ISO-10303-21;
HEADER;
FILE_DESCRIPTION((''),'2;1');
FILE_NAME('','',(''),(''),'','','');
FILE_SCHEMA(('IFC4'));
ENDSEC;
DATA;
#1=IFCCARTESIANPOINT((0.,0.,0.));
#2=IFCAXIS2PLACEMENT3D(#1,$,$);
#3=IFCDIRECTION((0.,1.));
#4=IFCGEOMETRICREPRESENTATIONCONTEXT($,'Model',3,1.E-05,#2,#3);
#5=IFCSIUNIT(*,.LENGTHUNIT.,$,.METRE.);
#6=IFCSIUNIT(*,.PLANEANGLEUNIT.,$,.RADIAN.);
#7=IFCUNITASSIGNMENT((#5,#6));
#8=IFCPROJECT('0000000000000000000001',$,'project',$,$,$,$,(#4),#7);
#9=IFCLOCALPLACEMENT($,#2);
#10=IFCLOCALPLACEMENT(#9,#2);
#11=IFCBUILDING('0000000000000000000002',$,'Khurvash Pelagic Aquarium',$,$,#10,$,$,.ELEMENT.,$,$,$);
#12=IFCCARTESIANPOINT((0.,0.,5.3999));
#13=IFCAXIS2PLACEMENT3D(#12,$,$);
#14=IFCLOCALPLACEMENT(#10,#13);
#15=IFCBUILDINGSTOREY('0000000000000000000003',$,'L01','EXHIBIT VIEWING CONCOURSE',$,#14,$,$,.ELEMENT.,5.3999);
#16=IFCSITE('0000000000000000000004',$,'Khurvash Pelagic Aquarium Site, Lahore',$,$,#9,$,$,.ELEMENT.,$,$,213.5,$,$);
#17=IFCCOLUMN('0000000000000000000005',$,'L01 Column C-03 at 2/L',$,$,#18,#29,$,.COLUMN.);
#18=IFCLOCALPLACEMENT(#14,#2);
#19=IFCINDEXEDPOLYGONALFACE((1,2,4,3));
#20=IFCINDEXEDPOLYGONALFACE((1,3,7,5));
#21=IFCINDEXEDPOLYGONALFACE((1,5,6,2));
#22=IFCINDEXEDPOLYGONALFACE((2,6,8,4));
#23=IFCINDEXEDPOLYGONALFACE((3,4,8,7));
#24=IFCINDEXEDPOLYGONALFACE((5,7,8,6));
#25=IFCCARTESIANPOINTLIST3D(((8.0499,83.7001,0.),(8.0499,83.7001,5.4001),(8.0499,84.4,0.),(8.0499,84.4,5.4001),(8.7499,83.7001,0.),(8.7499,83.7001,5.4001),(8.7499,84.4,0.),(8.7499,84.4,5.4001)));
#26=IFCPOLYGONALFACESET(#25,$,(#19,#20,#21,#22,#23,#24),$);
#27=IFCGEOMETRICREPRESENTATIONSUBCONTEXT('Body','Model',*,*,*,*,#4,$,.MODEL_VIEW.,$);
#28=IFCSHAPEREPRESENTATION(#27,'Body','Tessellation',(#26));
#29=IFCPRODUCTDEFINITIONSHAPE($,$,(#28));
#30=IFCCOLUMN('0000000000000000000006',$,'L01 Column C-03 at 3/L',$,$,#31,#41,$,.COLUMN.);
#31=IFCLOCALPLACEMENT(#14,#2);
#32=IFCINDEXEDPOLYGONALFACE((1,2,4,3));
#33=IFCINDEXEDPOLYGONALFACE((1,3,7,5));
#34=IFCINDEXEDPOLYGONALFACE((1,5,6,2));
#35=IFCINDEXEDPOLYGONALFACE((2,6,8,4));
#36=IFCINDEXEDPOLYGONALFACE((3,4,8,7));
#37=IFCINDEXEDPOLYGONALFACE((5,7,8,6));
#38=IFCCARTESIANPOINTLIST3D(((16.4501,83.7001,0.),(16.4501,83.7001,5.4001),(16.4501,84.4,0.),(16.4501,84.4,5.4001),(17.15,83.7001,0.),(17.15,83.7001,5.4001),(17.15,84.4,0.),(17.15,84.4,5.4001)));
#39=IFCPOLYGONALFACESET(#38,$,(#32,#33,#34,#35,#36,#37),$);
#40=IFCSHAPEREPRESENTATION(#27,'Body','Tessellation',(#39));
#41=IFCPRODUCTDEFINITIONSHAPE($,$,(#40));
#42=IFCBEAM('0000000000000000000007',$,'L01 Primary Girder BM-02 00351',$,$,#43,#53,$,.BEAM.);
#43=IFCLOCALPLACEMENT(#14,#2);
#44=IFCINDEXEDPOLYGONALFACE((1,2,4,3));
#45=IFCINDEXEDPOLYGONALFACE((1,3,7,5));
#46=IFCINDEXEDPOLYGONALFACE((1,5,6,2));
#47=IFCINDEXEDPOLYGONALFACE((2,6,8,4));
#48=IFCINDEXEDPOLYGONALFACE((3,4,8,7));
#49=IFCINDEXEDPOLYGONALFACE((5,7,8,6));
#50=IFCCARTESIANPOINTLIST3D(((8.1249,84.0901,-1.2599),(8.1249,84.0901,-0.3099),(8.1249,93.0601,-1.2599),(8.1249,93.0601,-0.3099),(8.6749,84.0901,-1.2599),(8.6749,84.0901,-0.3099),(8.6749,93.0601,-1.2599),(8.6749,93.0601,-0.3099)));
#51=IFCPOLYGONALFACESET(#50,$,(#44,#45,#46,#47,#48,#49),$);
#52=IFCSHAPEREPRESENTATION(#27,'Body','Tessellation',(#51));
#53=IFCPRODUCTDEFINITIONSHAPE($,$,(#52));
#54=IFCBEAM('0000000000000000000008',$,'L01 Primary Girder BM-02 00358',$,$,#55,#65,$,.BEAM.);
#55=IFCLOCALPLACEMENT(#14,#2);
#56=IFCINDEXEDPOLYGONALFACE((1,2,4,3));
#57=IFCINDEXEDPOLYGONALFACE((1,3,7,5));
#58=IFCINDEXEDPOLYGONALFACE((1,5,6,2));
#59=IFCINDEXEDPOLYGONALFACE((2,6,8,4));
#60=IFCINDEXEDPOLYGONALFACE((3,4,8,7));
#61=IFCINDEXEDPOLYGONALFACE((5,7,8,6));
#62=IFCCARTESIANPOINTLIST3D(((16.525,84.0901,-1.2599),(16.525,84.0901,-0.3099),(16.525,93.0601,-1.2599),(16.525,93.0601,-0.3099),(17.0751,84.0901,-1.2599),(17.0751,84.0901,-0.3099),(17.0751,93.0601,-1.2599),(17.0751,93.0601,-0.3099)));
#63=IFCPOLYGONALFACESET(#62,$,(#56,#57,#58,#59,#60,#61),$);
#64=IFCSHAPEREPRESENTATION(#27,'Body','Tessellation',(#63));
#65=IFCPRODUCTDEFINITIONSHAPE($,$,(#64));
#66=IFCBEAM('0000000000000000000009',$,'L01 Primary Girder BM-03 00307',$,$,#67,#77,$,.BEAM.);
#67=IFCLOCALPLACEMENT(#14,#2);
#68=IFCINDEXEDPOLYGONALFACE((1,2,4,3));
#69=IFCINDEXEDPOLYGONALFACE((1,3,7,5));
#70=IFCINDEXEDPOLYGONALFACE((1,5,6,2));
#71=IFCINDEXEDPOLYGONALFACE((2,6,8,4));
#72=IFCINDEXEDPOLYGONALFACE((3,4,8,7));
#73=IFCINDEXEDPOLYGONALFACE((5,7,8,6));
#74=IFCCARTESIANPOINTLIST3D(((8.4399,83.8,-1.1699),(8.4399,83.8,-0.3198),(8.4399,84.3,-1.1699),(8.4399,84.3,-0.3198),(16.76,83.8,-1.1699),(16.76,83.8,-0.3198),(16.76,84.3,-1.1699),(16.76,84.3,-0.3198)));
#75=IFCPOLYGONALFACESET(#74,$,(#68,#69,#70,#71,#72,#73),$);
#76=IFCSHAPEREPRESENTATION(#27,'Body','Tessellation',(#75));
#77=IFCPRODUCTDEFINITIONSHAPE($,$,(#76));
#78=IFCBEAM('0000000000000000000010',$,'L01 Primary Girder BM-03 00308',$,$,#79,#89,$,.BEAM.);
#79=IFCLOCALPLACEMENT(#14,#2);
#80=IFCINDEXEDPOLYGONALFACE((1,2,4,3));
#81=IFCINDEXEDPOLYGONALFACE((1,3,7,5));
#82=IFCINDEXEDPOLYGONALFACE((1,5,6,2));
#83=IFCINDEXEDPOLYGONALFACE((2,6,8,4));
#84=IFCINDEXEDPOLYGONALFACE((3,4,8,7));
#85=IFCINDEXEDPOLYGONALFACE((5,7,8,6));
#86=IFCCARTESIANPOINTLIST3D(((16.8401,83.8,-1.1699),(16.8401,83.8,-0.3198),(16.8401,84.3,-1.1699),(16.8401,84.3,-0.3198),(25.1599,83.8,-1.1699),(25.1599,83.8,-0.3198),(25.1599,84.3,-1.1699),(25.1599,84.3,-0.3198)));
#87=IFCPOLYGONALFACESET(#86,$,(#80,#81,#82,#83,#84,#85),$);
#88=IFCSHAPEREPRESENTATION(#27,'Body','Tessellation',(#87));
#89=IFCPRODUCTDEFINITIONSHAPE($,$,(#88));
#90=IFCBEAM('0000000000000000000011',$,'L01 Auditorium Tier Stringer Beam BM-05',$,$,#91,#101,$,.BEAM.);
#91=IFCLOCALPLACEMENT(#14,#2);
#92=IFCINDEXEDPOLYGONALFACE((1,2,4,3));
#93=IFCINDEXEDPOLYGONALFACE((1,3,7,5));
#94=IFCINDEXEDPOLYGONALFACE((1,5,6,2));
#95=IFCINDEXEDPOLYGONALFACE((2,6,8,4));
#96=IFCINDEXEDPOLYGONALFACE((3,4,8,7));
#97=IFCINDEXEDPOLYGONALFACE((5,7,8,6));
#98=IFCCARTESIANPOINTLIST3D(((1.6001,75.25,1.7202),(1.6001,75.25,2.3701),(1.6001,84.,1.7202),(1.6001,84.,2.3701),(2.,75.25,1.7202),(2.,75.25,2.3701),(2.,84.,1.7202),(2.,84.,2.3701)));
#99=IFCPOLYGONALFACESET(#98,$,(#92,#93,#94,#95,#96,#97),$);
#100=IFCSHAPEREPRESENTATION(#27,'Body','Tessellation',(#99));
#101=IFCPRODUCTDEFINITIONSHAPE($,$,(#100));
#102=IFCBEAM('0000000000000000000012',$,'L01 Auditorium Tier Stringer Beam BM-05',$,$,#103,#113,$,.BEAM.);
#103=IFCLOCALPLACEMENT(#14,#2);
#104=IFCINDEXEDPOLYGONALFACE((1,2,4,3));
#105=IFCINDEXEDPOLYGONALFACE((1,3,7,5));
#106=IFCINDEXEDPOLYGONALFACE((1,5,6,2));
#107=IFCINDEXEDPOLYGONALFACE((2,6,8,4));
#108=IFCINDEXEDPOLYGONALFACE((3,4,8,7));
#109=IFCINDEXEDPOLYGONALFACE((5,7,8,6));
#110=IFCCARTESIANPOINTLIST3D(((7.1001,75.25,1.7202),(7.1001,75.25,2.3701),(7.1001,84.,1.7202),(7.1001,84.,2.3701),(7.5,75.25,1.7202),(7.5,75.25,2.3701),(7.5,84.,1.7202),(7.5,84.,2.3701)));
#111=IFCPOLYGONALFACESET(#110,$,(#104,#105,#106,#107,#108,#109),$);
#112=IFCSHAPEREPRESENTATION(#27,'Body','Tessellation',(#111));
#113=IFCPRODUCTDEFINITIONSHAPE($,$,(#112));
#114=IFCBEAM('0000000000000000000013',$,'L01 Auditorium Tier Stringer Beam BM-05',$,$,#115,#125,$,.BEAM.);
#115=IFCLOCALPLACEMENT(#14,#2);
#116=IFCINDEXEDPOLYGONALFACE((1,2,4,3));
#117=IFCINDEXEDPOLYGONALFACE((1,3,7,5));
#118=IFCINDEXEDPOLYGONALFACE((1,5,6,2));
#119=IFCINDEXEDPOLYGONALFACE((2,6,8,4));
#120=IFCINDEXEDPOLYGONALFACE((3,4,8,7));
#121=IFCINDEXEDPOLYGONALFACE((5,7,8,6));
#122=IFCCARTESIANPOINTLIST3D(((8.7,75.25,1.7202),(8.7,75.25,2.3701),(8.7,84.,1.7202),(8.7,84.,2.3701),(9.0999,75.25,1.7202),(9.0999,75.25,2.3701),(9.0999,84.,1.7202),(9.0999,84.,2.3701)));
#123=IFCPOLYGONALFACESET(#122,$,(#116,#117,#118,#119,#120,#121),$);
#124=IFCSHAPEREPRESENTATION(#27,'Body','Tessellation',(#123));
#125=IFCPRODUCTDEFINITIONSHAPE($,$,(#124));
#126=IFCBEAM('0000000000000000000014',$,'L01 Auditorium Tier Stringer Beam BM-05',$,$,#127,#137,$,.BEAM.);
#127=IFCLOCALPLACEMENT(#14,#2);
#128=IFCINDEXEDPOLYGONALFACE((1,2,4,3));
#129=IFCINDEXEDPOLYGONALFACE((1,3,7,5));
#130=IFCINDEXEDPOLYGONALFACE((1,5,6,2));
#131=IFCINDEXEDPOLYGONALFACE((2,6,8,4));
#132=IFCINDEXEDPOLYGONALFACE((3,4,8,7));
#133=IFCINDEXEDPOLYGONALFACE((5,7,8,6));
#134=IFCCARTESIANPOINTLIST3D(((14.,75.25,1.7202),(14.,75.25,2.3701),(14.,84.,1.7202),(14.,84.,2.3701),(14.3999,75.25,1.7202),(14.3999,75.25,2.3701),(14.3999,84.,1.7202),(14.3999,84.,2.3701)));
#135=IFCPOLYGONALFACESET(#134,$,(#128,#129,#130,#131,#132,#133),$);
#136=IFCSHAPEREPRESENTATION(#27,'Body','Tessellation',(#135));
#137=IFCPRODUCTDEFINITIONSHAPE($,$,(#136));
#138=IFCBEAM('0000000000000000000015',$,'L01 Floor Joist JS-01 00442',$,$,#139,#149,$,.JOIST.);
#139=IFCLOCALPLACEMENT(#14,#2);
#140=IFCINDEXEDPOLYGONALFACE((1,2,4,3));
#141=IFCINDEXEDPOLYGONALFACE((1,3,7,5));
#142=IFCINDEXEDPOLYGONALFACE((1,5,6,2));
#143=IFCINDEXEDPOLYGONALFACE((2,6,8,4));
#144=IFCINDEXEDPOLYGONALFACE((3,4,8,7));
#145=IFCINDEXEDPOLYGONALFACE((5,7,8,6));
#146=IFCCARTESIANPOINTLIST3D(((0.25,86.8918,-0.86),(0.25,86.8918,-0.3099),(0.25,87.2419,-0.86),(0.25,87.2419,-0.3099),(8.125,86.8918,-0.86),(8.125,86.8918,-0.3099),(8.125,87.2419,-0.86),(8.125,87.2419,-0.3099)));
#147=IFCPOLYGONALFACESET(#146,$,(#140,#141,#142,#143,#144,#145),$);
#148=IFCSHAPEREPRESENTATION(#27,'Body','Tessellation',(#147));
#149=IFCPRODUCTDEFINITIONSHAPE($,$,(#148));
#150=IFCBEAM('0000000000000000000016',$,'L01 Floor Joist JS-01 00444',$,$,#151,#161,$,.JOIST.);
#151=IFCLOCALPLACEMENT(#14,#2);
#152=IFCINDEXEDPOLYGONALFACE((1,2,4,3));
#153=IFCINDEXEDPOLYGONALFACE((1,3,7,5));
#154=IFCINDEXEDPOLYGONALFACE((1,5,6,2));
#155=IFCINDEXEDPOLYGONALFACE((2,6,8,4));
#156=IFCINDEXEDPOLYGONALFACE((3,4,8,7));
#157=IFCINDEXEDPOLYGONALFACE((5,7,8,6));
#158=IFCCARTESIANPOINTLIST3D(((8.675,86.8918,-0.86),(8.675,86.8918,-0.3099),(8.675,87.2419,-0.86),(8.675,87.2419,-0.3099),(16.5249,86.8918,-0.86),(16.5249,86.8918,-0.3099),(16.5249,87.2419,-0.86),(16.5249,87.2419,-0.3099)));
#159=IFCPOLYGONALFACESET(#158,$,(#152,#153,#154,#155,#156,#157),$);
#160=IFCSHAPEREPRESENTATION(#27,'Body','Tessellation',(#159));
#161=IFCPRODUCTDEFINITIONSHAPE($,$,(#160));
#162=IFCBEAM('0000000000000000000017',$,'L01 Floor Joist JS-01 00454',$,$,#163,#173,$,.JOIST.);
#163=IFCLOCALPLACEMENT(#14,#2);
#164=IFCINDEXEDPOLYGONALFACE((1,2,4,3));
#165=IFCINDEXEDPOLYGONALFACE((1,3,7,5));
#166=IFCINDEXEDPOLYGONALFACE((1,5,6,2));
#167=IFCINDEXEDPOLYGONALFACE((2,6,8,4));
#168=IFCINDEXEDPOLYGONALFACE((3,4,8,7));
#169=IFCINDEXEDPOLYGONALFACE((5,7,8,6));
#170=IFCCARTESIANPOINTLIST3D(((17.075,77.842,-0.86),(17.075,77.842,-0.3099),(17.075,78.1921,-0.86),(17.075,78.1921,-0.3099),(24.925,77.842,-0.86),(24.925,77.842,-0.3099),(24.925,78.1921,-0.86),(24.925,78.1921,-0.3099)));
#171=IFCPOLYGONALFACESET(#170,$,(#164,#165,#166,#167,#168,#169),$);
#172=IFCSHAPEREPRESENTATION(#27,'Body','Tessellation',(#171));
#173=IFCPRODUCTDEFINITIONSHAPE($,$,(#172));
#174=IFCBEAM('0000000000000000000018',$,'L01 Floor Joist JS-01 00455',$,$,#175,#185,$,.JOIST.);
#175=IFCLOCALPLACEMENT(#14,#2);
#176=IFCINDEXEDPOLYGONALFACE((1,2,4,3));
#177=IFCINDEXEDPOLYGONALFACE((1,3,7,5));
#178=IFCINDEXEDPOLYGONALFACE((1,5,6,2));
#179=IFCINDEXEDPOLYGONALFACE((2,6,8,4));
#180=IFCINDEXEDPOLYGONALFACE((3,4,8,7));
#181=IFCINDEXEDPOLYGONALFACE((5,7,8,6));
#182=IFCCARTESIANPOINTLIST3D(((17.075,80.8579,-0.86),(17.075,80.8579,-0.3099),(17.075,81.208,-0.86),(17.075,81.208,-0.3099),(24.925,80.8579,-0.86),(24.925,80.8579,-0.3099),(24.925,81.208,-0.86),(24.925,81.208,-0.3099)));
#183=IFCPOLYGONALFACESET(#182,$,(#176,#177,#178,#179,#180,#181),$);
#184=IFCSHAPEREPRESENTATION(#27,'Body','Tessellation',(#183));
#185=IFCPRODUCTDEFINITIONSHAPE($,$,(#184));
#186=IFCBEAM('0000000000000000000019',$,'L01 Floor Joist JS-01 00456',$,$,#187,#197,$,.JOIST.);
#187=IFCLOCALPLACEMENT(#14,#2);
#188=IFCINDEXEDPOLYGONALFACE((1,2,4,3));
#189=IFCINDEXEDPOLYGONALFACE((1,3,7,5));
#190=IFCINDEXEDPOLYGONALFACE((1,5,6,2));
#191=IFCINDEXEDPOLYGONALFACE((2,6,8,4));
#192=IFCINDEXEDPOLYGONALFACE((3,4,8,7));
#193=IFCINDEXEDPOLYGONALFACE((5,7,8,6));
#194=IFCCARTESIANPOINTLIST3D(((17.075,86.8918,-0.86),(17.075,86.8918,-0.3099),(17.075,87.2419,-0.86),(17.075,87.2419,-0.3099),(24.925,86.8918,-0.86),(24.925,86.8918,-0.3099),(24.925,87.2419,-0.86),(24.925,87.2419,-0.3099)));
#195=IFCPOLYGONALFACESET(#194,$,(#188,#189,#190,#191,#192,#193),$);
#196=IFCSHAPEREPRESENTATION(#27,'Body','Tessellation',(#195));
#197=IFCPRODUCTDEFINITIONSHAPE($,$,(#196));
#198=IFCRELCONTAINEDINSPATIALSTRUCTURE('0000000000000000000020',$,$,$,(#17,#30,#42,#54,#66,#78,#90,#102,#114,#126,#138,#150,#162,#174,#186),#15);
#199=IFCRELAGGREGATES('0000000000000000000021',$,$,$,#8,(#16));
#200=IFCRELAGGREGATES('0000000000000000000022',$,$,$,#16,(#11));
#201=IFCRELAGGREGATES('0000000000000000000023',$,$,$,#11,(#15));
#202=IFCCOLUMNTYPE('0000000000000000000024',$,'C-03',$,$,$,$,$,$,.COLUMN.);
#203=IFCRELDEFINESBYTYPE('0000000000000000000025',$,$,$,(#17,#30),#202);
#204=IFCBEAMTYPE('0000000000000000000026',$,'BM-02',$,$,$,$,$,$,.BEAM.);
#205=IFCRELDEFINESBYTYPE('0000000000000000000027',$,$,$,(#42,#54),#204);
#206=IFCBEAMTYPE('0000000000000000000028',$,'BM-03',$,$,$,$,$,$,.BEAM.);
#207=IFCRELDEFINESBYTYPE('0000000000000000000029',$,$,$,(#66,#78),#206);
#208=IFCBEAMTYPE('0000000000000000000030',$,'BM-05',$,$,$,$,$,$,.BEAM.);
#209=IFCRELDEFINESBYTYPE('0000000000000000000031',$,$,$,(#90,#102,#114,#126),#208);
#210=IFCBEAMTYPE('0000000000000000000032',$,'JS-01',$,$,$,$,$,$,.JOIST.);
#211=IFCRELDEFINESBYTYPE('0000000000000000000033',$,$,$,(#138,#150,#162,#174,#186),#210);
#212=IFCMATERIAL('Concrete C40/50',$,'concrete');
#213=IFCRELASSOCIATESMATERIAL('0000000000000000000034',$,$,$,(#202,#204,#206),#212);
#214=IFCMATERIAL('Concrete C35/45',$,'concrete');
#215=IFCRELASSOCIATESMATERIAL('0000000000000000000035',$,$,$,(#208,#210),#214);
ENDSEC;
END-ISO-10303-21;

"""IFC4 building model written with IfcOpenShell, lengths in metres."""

from ifc_helpers import new_model, si_unit, direction, frame, origin, origin_2d, place, context, subcontext, project, spatial, rectangle, extrude, material, material_profile, profile_set, type_object, element, save


model = new_model("IFC4")

# Units and contexts
model_context = context("Model", 3, precision=1e-05, world=origin(), true_north=direction((0.0, 1.0)))
body_context = subcontext(model_context, "Body", "Model", "MODEL_VIEW")
ifc_project = project(units=[si_unit("LENGTHUNIT", "METRE"), si_unit("PLANEANGLEUNIT", "RADIAN")], contexts=[model_context])

# Site, building, storey
site_placement = place(None, origin())
site = spatial("IfcSite", under=ifc_project, at=site_placement, Name="Khurvash Pelagic Aquarium Site, Lahore", CompositionType="ELEMENT", RefElevation=213.5)
building_placement = place(site_placement, origin())
building = spatial("IfcBuilding", under=site, at=building_placement, Name="Khurvash Pelagic Aquarium", CompositionType="ELEMENT")
storey_placement = place(building_placement, frame((0.0, 0.0, 5.3999)))
storey = spatial("IfcBuildingStorey", under=building, at=storey_placement, Name="L01", Description="EXHIBIT VIEWING CONCOURSE", CompositionType="ELEMENT", Elevation=5.3999)

# Columns
ifc_material_1 = material(Name="Concrete C40/50", Category="concrete")
ifc_material_profile_1 = material_profile(ifc_material_1, rectangle(XDim=0.7, YDim=0.7, at=origin_2d()), Name="RC700X700")
ifc_profile_set_1 = profile_set([ifc_material_profile_1], Name="Concrete C40/50")
column_type = type_object("IfcColumnType", Name="C-03", PredefinedType="COLUMN", material=ifc_profile_set_1)
for number, where, z_axis, x_axis, name in (
    (1, (8.3999, 84.05, 0.0), (0.0, 0.0, 1.0), (1.0, 0.0, 0.0), "L01 Column C-03 at 2/L"),
    (2, (16.8, 84.05, 0.0), (0.0, 0.0, 1.0), (1.0, 0.0, 0.0), "L01 Column C-03 at 3/L"),
):
    element("IfcColumn", number, at=place(storey_placement, frame(where, z_axis=z_axis, x_axis=x_axis)), inside=storey, type_object=column_type, Name=name, PredefinedType="COLUMN", context=body_context, shape_type="SweptSolid", body=[
        extrude(rectangle(XDim=0.7, YDim=0.7, at=origin_2d()), origin(), (0.0, 0.0, 1.0), 5.4001),
    ])

# Beams
ifc_material_profile_2 = material_profile(ifc_material_1, rectangle(XDim=0.55, YDim=0.95, at=origin_2d()), Name="RC550X950")
ifc_profile_set_2 = profile_set([ifc_material_profile_2], Name="Concrete C40/50")
beam_type_1 = type_object("IfcBeamType", Name="BM-02", PredefinedType="BEAM", material=ifc_profile_set_2)
for number, where, z_axis, x_axis, name in (
    (3, (8.3999, 84.0901, -0.7849), (0.0, 1.0, 0.0), (-1.0, 0.0, 0.0), "L01 Primary Girder BM-02 00351"),
    (4, (16.8, 84.0901, -0.7849), (0.0, 1.0, 0.0), (-1.0, 0.0, 0.0), "L01 Primary Girder BM-02 00358"),
):
    element("IfcBeam", number, at=place(storey_placement, frame(where, z_axis=z_axis, x_axis=x_axis)), inside=storey, type_object=beam_type_1, Name=name, PredefinedType="BEAM", context=body_context, shape_type="SweptSolid", body=[
        extrude(rectangle(XDim=0.55, YDim=0.95, at=origin_2d()), origin(), (0.0, 0.0, 1.0), 8.97),
    ])
ifc_material_profile_3 = material_profile(ifc_material_1, rectangle(XDim=0.5, YDim=0.8501, at=origin_2d()), Name="RC500X850")
ifc_profile_set_3 = profile_set([ifc_material_profile_3], Name="Concrete C40/50")
beam_type_2 = type_object("IfcBeamType", Name="BM-03", PredefinedType="BEAM", material=ifc_profile_set_3)
beam_1_placement = place(storey_placement, frame((8.4399, 84.05, -0.7449), z_axis=(1.0, 0.0, 0.0), x_axis=(0.0, 1.0, 0.0)))
element("IfcBeam", 5, at=beam_1_placement, inside=storey, type_object=beam_type_2, Name="L01 Primary Girder BM-03 00307", PredefinedType="BEAM", context=body_context, shape_type="SweptSolid", body=[
    extrude(rectangle(XDim=0.5, YDim=0.8501, at=origin_2d()), origin(), (0.0, 0.0, 1.0), 8.3201),
])
beam_2_placement = place(storey_placement, frame((16.8401, 84.05, -0.7449), z_axis=(1.0, 0.0, 0.0), x_axis=(0.0, 1.0, 0.0)))
element("IfcBeam", 6, at=beam_2_placement, inside=storey, type_object=beam_type_2, Name="L01 Primary Girder BM-03 00308", PredefinedType="BEAM", context=body_context, shape_type="SweptSolid", body=[
    extrude(rectangle(XDim=0.5, YDim=0.8501, at=origin_2d()), origin(), (0.0, 0.0, 1.0), 8.3198),
])
ifc_material_2 = material(Name="Concrete C35/45", Category="concrete")
ifc_material_profile_4 = material_profile(ifc_material_2, rectangle(XDim=0.3999, YDim=0.6499, at=origin_2d()), Name="RC400X650")
ifc_profile_set_4 = profile_set([ifc_material_profile_4], Name="Concrete C35/45")
beam_type_3 = type_object("IfcBeamType", Name="BM-05", PredefinedType="BEAM", material=ifc_profile_set_4)
for number, where, z_axis, x_axis, name in (
    (7, (1.8, 75.25, 2.0452), (0.0, 1.0, 0.0), (-1.0, 0.0, 0.0), "L01 Auditorium Tier Stringer Beam BM-05"),
    (8, (7.3, 75.25, 2.0452), (0.0, 1.0, 0.0), (-1.0, 0.0, 0.0), "L01 Auditorium Tier Stringer Beam BM-05"),
    (9, (8.8999, 75.25, 2.0452), (0.0, 1.0, 0.0), (-1.0, 0.0, 0.0), "L01 Auditorium Tier Stringer Beam BM-05"),
    (10, (14.2, 75.25, 2.0452), (0.0, 1.0, 0.0), (-1.0, 0.0, 0.0), "L01 Auditorium Tier Stringer Beam BM-05"),
):
    element("IfcBeam", number, at=place(storey_placement, frame(where, z_axis=z_axis, x_axis=x_axis)), inside=storey, type_object=beam_type_3, Name=name, PredefinedType="BEAM", context=body_context, shape_type="SweptSolid", body=[
        extrude(rectangle(XDim=0.3999, YDim=0.6499, at=origin_2d()), origin(), (0.0, 0.0, 1.0), 8.75),
    ])
ifc_material_profile_5 = material_profile(ifc_material_2, rectangle(XDim=0.3501, YDim=0.55, at=origin_2d()), Name="RC350X550")
ifc_profile_set_5 = profile_set([ifc_material_profile_5], Name="Concrete C35/45")
beam_type_4 = type_object("IfcBeamType", Name="JS-01", PredefinedType="JOIST", material=ifc_profile_set_5)
beam_3_placement = place(storey_placement, frame((0.25, 87.0669, -0.585), z_axis=(1.0, 0.0, 0.0), x_axis=(0.0, 1.0, 0.0)))
element("IfcBeam", 11, at=beam_3_placement, inside=storey, type_object=beam_type_4, Name="L01 Floor Joist JS-01 00442", PredefinedType="JOIST", context=body_context, shape_type="SweptSolid", body=[
    extrude(rectangle(XDim=0.3501, YDim=0.55, at=origin_2d()), origin(), (0.0, 0.0, 1.0), 7.875),
])
beam_4_placement = place(storey_placement, frame((8.675, 87.0669, -0.585), z_axis=(1.0, 0.0, 0.0), x_axis=(0.0, 1.0, 0.0)))
element("IfcBeam", 12, at=beam_4_placement, inside=storey, type_object=beam_type_4, Name="L01 Floor Joist JS-01 00444", PredefinedType="JOIST", context=body_context, shape_type="SweptSolid", body=[
    extrude(rectangle(XDim=0.3501, YDim=0.55, at=origin_2d()), origin(), (0.0, 0.0, 1.0), 7.8499),
])
for number, where, z_axis, x_axis, name in (
    (13, (17.075, 78.0171, -0.585), (1.0, 0.0, 0.0), (0.0, 1.0, 0.0), "L01 Floor Joist JS-01 00454"),
    (14, (17.075, 81.033, -0.585), (1.0, 0.0, 0.0), (0.0, 1.0, 0.0), "L01 Floor Joist JS-01 00455"),
    (15, (17.075, 87.0669, -0.585), (1.0, 0.0, 0.0), (0.0, 1.0, 0.0), "L01 Floor Joist JS-01 00456"),
):
    element("IfcBeam", number, at=place(storey_placement, frame(where, z_axis=z_axis, x_axis=x_axis)), inside=storey, type_object=beam_type_4, Name=name, PredefinedType="JOIST", context=body_context, shape_type="SweptSolid", body=[
        extrude(rectangle(XDim=0.3501, YDim=0.55, at=origin_2d()), origin(), (0.0, 0.0, 1.0), 7.8501),
    ])

save(model, "model.ifc")
